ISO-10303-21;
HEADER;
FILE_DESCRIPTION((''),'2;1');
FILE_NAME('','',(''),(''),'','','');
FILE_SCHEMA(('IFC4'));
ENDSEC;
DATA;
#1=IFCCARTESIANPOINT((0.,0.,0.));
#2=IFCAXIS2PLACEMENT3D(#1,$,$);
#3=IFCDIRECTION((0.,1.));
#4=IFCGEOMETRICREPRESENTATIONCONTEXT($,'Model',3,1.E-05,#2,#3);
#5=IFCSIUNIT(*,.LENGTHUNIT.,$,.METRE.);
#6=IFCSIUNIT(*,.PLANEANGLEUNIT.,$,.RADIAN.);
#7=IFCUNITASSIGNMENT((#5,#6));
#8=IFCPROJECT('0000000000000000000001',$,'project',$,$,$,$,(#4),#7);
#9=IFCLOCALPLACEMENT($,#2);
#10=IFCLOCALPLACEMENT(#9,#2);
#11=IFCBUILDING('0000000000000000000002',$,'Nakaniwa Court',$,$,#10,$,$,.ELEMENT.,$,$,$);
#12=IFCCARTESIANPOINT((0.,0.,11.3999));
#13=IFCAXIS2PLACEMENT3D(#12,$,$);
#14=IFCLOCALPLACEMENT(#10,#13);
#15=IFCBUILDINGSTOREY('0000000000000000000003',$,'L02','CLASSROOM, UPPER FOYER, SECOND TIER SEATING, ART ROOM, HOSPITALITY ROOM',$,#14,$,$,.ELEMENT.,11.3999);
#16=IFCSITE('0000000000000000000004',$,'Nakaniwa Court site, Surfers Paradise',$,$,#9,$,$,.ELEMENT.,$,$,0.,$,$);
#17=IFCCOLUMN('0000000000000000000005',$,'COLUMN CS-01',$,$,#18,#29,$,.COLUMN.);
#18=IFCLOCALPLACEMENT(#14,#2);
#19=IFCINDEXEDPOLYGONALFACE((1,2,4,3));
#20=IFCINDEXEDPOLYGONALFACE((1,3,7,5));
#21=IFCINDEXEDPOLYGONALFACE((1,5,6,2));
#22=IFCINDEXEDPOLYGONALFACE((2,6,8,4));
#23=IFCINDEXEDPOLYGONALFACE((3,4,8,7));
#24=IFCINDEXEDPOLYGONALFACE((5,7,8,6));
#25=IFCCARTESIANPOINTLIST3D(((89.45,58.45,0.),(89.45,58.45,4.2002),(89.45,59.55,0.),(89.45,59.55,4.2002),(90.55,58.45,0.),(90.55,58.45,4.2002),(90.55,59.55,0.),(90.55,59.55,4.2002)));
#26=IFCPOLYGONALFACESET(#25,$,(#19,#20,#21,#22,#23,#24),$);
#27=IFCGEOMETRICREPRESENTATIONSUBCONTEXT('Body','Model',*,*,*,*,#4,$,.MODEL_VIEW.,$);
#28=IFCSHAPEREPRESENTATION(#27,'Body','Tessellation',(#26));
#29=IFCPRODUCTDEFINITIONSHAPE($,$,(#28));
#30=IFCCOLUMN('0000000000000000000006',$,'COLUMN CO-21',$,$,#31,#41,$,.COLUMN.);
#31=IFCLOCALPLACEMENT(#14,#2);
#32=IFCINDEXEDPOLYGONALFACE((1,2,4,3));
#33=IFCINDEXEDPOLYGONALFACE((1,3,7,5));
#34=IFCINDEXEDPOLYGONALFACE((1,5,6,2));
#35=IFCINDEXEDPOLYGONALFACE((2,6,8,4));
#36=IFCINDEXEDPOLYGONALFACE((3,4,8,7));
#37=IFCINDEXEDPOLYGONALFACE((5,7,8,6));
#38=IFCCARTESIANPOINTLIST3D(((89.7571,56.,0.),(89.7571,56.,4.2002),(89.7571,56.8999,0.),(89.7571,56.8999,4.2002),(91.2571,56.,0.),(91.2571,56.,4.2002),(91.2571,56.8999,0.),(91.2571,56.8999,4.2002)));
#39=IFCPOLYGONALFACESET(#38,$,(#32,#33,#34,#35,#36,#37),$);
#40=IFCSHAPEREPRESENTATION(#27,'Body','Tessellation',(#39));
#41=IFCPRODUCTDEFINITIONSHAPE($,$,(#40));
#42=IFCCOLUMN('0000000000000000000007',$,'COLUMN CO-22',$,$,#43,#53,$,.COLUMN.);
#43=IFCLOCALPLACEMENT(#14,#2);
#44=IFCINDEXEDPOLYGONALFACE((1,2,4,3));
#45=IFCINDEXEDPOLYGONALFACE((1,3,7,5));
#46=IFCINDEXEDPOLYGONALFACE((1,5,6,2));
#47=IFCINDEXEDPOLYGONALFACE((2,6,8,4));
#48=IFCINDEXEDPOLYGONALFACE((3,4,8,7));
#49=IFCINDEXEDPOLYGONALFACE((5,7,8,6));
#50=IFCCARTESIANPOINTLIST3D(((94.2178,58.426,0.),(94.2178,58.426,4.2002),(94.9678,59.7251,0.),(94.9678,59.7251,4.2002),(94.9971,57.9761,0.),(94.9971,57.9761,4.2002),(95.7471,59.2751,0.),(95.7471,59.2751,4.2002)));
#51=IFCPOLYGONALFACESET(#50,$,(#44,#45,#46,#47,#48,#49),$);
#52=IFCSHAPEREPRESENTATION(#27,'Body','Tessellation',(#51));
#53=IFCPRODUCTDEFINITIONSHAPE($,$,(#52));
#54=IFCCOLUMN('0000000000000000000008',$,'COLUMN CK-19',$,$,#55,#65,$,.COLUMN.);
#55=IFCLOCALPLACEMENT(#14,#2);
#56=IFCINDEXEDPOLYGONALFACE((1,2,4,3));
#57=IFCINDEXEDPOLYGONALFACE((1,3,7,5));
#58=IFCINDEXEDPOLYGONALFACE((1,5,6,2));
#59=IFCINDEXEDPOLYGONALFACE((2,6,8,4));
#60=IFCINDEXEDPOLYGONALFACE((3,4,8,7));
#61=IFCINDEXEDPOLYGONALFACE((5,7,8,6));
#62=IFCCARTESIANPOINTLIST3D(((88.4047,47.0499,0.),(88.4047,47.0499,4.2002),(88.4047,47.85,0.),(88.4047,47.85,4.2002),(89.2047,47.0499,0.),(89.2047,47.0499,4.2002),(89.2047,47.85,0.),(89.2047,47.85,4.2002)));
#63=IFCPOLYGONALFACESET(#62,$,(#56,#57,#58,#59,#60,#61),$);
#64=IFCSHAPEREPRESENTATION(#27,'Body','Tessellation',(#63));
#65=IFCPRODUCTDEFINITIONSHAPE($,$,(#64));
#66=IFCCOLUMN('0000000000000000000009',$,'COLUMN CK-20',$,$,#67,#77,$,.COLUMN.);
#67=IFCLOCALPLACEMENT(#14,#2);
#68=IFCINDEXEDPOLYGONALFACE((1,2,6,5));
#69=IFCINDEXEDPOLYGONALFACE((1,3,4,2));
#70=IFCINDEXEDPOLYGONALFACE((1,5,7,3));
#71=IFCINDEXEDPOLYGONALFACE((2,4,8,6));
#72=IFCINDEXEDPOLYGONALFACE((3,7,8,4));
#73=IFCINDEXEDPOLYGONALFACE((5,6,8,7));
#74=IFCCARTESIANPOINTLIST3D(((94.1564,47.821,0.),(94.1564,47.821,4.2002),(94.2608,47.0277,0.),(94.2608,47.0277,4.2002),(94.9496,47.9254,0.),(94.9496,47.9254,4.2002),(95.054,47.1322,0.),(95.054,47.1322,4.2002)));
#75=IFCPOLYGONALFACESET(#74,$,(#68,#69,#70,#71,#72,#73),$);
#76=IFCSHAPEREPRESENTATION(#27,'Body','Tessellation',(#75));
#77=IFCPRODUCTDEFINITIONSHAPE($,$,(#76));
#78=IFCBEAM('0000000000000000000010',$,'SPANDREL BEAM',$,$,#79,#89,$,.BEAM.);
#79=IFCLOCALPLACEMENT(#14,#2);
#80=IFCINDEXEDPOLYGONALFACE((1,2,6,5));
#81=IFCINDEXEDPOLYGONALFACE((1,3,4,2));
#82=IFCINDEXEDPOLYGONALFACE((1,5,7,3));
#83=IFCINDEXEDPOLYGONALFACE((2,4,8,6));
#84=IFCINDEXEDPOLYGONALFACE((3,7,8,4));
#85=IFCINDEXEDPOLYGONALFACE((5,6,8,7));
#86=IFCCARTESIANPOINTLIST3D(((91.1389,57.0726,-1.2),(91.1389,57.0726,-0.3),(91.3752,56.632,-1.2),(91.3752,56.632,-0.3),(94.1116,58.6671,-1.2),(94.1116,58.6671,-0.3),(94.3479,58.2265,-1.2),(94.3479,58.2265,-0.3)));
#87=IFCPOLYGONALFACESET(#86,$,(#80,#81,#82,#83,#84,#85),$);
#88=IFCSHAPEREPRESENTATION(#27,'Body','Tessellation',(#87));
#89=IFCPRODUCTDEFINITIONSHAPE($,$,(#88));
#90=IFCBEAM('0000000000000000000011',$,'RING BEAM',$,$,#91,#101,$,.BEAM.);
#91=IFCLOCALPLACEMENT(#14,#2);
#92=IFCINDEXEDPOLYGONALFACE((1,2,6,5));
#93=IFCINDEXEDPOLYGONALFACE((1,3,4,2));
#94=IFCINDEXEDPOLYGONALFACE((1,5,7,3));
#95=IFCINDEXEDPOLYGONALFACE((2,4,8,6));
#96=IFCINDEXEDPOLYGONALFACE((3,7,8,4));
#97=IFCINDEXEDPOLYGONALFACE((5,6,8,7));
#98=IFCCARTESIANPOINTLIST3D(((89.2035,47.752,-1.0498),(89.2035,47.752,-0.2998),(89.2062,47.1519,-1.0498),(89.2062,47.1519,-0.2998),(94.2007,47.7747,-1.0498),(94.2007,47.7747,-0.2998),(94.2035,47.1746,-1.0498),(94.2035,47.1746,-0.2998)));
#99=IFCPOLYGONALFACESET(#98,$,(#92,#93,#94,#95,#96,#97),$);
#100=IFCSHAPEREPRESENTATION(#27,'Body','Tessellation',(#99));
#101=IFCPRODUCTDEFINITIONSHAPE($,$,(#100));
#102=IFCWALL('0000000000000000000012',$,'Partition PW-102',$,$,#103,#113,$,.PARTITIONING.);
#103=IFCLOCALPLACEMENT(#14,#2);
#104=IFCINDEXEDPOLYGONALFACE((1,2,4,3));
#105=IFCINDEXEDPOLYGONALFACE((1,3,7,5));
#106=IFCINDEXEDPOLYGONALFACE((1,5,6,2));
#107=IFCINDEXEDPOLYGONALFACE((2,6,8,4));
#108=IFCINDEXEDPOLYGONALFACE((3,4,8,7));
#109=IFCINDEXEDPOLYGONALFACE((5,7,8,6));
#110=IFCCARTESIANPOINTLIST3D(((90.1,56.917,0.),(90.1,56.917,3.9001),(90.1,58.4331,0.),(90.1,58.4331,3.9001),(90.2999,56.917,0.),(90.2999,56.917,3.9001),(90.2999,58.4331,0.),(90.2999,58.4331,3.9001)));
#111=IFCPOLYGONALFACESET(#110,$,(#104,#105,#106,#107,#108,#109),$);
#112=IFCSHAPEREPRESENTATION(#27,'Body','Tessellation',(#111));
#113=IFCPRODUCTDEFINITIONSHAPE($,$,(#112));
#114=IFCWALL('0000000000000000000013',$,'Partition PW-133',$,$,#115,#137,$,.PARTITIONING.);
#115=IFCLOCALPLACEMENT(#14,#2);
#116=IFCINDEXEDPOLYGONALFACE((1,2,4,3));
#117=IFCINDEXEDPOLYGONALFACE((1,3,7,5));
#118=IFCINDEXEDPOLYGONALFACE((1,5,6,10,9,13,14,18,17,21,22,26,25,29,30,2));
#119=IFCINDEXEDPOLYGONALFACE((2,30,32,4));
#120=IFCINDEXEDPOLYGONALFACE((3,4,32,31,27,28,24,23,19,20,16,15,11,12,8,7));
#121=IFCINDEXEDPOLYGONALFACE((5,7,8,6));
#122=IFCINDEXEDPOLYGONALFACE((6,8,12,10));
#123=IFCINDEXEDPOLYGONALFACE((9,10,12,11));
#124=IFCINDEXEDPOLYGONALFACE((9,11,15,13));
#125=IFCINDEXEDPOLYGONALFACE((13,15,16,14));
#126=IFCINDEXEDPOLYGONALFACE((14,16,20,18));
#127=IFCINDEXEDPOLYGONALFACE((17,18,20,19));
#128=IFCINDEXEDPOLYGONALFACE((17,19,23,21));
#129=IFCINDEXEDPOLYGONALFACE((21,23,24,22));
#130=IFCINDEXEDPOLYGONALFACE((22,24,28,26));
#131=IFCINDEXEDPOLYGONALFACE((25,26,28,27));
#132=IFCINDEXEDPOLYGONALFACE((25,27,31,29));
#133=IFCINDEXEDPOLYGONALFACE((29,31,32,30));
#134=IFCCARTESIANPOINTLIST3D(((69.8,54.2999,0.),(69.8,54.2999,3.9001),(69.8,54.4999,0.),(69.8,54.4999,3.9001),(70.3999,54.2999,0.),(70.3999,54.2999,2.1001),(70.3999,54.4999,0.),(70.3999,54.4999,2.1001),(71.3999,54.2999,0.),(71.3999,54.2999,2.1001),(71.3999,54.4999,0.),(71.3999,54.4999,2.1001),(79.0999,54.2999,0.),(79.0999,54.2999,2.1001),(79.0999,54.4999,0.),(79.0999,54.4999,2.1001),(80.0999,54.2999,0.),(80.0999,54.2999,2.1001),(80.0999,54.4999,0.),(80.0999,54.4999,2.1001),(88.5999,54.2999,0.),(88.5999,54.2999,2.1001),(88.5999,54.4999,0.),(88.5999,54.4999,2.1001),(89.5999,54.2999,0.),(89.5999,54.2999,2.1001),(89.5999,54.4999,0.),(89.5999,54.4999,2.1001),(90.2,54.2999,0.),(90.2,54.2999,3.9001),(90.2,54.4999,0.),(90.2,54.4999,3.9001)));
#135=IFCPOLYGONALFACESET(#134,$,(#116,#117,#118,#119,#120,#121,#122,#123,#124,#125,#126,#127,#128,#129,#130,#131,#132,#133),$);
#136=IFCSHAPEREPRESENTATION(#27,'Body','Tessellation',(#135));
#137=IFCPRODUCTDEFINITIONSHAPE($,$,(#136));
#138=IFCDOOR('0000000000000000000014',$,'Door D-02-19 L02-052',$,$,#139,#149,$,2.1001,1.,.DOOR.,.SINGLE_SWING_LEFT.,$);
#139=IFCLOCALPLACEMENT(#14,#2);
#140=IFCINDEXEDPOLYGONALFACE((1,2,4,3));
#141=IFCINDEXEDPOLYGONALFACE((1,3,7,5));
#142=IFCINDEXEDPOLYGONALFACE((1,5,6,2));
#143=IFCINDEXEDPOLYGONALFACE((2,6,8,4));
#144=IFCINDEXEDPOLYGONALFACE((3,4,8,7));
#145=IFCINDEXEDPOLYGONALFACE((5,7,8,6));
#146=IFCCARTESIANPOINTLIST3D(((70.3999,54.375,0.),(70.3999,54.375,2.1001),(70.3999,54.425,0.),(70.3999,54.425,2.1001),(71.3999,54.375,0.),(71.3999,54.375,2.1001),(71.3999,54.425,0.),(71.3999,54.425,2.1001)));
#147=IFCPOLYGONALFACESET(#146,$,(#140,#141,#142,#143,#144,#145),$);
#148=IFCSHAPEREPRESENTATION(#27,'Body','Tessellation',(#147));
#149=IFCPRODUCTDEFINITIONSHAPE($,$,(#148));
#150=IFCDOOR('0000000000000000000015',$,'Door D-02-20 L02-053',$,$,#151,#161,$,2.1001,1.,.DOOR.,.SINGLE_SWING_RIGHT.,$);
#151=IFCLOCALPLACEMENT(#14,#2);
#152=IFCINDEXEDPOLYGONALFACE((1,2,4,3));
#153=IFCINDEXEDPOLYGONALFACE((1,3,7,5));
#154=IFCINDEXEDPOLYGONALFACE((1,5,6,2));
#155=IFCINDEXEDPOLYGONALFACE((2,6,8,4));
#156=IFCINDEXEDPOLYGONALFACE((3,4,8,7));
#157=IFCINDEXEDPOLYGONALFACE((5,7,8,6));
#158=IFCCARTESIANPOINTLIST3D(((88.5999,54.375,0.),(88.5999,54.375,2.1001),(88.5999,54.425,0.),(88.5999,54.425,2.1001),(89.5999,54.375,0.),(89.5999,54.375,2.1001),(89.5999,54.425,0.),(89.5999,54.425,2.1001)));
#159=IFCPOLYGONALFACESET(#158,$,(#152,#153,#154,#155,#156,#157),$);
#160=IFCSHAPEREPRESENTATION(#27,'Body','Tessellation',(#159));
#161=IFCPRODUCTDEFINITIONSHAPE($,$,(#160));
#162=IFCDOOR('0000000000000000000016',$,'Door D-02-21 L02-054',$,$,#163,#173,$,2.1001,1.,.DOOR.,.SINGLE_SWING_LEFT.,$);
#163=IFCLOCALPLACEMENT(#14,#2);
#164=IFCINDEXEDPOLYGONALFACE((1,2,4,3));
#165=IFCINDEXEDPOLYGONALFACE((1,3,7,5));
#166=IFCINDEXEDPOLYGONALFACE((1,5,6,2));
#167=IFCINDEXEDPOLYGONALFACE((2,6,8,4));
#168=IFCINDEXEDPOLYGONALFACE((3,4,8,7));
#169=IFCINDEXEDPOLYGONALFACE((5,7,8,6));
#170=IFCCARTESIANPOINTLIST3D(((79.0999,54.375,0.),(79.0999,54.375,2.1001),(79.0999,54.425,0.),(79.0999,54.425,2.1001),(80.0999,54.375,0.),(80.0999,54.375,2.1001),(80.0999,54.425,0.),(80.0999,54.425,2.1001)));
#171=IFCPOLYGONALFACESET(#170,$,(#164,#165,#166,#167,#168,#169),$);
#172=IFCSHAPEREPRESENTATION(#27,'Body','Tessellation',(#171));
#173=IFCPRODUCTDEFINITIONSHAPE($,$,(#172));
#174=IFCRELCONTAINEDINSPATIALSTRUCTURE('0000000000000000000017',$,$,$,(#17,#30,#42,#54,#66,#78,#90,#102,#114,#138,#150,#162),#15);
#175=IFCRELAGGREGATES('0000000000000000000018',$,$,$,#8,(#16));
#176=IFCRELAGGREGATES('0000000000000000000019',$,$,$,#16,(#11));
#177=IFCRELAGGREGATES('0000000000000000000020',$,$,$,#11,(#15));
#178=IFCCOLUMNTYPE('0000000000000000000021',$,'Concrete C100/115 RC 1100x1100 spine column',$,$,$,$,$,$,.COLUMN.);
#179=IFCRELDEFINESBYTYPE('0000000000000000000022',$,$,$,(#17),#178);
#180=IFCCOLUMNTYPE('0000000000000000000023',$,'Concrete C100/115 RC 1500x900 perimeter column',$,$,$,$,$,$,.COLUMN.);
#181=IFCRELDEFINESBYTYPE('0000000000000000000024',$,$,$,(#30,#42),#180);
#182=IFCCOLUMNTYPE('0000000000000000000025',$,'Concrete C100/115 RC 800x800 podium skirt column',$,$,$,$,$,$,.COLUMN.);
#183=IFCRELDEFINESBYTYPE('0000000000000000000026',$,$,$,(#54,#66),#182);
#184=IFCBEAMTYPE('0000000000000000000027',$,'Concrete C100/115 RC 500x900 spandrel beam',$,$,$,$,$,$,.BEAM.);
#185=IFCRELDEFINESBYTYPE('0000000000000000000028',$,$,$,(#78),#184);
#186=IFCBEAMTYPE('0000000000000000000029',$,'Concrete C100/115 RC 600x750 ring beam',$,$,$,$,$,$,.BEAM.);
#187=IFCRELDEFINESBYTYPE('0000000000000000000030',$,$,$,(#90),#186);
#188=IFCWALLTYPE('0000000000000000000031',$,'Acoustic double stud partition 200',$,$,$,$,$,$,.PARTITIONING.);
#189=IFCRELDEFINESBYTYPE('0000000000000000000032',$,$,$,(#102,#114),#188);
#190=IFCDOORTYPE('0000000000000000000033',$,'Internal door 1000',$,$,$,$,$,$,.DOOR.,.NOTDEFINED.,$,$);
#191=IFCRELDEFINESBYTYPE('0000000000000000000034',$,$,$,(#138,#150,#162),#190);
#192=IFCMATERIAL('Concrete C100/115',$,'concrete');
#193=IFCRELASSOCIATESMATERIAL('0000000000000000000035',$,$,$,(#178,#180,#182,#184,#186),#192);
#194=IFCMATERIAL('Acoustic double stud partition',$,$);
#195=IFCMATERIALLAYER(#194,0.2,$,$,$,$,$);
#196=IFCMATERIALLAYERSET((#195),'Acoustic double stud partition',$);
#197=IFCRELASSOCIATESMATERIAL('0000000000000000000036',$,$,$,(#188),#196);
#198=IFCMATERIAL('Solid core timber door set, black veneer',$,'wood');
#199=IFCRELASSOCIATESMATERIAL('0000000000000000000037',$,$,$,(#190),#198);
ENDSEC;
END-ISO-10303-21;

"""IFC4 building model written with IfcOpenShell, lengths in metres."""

from ifc_helpers import new_model, si_unit, direction, frame, frame_2d, origin, origin_2d, place, context, subcontext, project, spatial, rectangle, extrude, material, layer, layer_set, material_profile, profile_set, type_object, element, fill, save


model = new_model("IFC4")

# Units and contexts
model_context = context("Model", 3, precision=1e-05, world=origin(), true_north=direction((0.0, 1.0)))
body_context = subcontext(model_context, "Body", "Model", "MODEL_VIEW")
ifc_project = project(units=[si_unit("LENGTHUNIT", "METRE"), si_unit("PLANEANGLEUNIT", "RADIAN")], contexts=[model_context])

# Site, building, storey
site_placement = place(None, origin())
site = spatial("IfcSite", under=ifc_project, at=site_placement, Name="Nakaniwa Court site, Surfers Paradise", CompositionType="ELEMENT", RefElevation=0.0)
building_placement = place(site_placement, origin())
building = spatial("IfcBuilding", under=site, at=building_placement, Name="Nakaniwa Court", CompositionType="ELEMENT")
storey_placement = place(building_placement, frame((0.0, 0.0, 11.3999)))
storey = spatial("IfcBuildingStorey", under=building, at=storey_placement, Name="L02", Description="CLASSROOM, UPPER FOYER, SECOND TIER SEATING, ART ROOM, HOSPITALITY ROOM", CompositionType="ELEMENT", Elevation=11.3999)

# Columns
ifc_material_1 = material(Name="Concrete C100/115", Category="concrete")
ifc_material_profile_1 = material_profile(ifc_material_1, rectangle(XDim=1.1001, YDim=1.1001, at=origin_2d()), Name="Concrete C100/115 RC 1100x1100 spine column")
ifc_profile_set_1 = profile_set([ifc_material_profile_1], Name="Concrete C100/115")
column_type_1 = type_object("IfcColumnType", Name="Concrete C100/115 RC 1100x1100 spine column", PredefinedType="COLUMN", material=ifc_profile_set_1)
column_placement = place(storey_placement, frame((90.0, 59.0, 0.0), z_axis=(0.0, 0.0, 1.0), x_axis=(0.0, 1.0, 0.0)))
element("IfcColumn", 1, at=column_placement, inside=storey, type_object=column_type_1, Name="COLUMN CS-01", PredefinedType="COLUMN", context=body_context, shape_type="SweptSolid", body=[
    extrude(rectangle(XDim=1.1001, YDim=1.1001, at=origin_2d()), origin(), (0.0, 0.0, 1.0), 4.2002),
])
ifc_material_profile_2 = material_profile(ifc_material_1, rectangle(XDim=1.5, YDim=0.8999, at=origin_2d()), Name="Concrete C100/115 RC 1500x900 perimeter column")
ifc_profile_set_2 = profile_set([ifc_material_profile_2], Name="Concrete C100/115")
column_type_2 = type_object("IfcColumnType", Name="Concrete C100/115 RC 1500x900 perimeter column", PredefinedType="COLUMN", material=ifc_profile_set_2)
for number, where, z_axis, x_axis, name in (
    (2, (90.5071, 56.45, 0.0), (0.0, 0.0, 1.0), (1.0, 0.0, 0.0), "COLUMN CO-21"),
    (3, (94.9824, 58.8506, 0.0), (0.0, 0.0, 1.0), (0.5, 0.866025, 0.0), "COLUMN CO-22"),
):
    element("IfcColumn", number, at=place(storey_placement, frame(where, z_axis=z_axis, x_axis=x_axis)), inside=storey, type_object=column_type_2, Name=name, PredefinedType="COLUMN", context=body_context, shape_type="SweptSolid", body=[
        extrude(rectangle(XDim=1.5, YDim=0.8999, at=origin_2d()), origin(), (0.0, 0.0, 1.0), 4.2002),
    ])
ifc_material_profile_3 = material_profile(ifc_material_1, rectangle(XDim=0.8, YDim=0.8, at=origin_2d()), Name="Concrete C100/115 RC 800x800 podium skirt column")
ifc_profile_set_3 = profile_set([ifc_material_profile_3], Name="Concrete C100/115")
column_type_3 = type_object("IfcColumnType", Name="Concrete C100/115 RC 800x800 podium skirt column", PredefinedType="COLUMN", material=ifc_profile_set_3)
for number, where, z_axis, x_axis, name in (
    (4, (88.8047, 47.45, 0.0), (0.0, 0.0, 1.0), (1.0, 0.0, 0.0), "COLUMN CK-19"),
    (5, (94.6052, 47.4766, 0.0), (0.0, 0.0, 1.0), (0.991445, 0.130526, 0.0), "COLUMN CK-20"),
):
    element("IfcColumn", number, at=place(storey_placement, frame(where, z_axis=z_axis, x_axis=x_axis)), inside=storey, type_object=column_type_3, Name=name, PredefinedType="COLUMN", context=body_context, shape_type="SweptSolid", body=[
        extrude(rectangle(XDim=0.8, YDim=0.8, at=origin_2d()), origin(), (0.0, 0.0, 1.0), 4.2002),
    ])

# Beams
ifc_material_profile_4 = material_profile(ifc_material_1, rectangle(XDim=0.5, YDim=0.8999, at=origin_2d()), Name="Concrete C100/115 RC 500x900 spandrel beam")
ifc_profile_set_4 = profile_set([ifc_material_profile_4], Name="Concrete C100/115")
beam_type_1 = type_object("IfcBeamType", Name="Concrete C100/115 RC 500x900 spandrel beam", PredefinedType="BEAM", material=ifc_profile_set_4)
beam_1_placement = place(storey_placement, frame((91.2571, 56.8523, -0.75), z_axis=(0.881235, 0.472679, 0.0), x_axis=(-0.472679, 0.881235, 0.0)))
element("IfcBeam", 6, at=beam_1_placement, inside=storey, type_object=beam_type_1, Name="SPANDREL BEAM", PredefinedType="BEAM", context=body_context, shape_type="SweptSolid", body=[
    extrude(rectangle(XDim=0.5, YDim=0.8999, at=origin_2d()), origin(), (0.0, 0.0, 1.0), 3.3733),
])
ifc_material_profile_5 = material_profile(ifc_material_1, rectangle(XDim=0.6001, YDim=0.75, at=origin_2d()), Name="Concrete C100/115 RC 600x750 ring beam")
ifc_profile_set_5 = profile_set([ifc_material_profile_5], Name="Concrete C100/115")
beam_type_2 = type_object("IfcBeamType", Name="Concrete C100/115 RC 600x750 ring beam", PredefinedType="BEAM", material=ifc_profile_set_5)
beam_2_placement = place(storey_placement, frame((89.2048, 47.4519, -0.6748), z_axis=(0.99999, 0.004543, 0.0), x_axis=(-0.004543, 0.99999, 0.0)))
element("IfcBeam", 7, at=beam_2_placement, inside=storey, type_object=beam_type_2, Name="RING BEAM", PredefinedType="BEAM", context=body_context, shape_type="SweptSolid", body=[
    extrude(rectangle(XDim=0.6001, YDim=0.75, at=origin_2d()), origin(), (0.0, 0.0, 1.0), 4.9973),
])

# Wall
ifc_material_2 = material(Name="Acoustic double stud partition")
ifc_layer_1 = layer(ifc_material_2, 0.2)
ifc_layer_set_1 = layer_set([ifc_layer_1], Name="Acoustic double stud partition")
wall_type_1 = type_object("IfcWallType", Name="Acoustic double stud partition 200", PredefinedType="PARTITIONING", material=ifc_layer_set_1)
wall_1_placement = place(storey_placement, frame((90.2, 56.917, 0.0), z_axis=(0.0, 0.0, 1.0), x_axis=(0.0, 1.0, 0.0)))
element("IfcWall", 8, at=wall_1_placement, inside=storey, type_object=wall_type_1, Name="Partition PW-102", PredefinedType="PARTITIONING", context=body_context, shape_type="SweptSolid", body=[
    extrude(rectangle(XDim=1.5161, YDim=0.2, at=frame_2d((0.7581, 0.0))), origin(), (0.0, 0.0, 1.0), 3.9001),
])

# Wall, openings, doors
wall_2_placement = place(storey_placement, frame((90.2, 54.3999, 0.0), z_axis=(0.0, 0.0, 1.0), x_axis=(-1.0, 0.0, 0.0)))
wall_2 = element("IfcWall", 9, at=wall_2_placement, inside=storey, type_object=wall_type_1, Name="Partition PW-133", PredefinedType="PARTITIONING", context=body_context, shape_type="SweptSolid", body=[
    extrude(rectangle(XDim=20.3999, YDim=0.2, at=frame_2d((10.2, 0.0))), origin(), (0.0, 0.0, 1.0), 3.9001),
])
opening_1_placement = place(wall_2_placement, frame((18.8, 0.0, 0.0)))
opening_1 = element("IfcOpeningElement", 10, at=opening_1_placement, cuts=wall_2, PredefinedType="OPENING", context=body_context, shape_type="SweptSolid", body=[
    extrude(rectangle(XDim=1.0, YDim=2.1001, at=frame_2d((0.5, 1.05))), frame((0.0, 0.1099, 0.0), z_axis=(0.0, -1.0, 0.0), x_axis=(1.0, 0.0, 0.0)), (0.0, 0.0, 1.0), 0.22),
])
opening_2_placement = place(wall_2_placement, frame((0.6001, 0.0, 0.0)))
opening_2 = element("IfcOpeningElement", 11, at=opening_2_placement, cuts=wall_2, PredefinedType="OPENING", context=body_context, shape_type="SweptSolid", body=[
    extrude(rectangle(XDim=1.0, YDim=2.1001, at=frame_2d((0.5, 1.05))), frame((0.0, 0.1099, 0.0), z_axis=(0.0, -1.0, 0.0), x_axis=(1.0, 0.0, 0.0)), (0.0, 0.0, 1.0), 0.22),
])
opening_3_placement = place(wall_2_placement, frame((10.1001, 0.0, 0.0)))
opening_3 = element("IfcOpeningElement", 12, at=opening_3_placement, cuts=wall_2, PredefinedType="OPENING", context=body_context, shape_type="SweptSolid", body=[
    extrude(rectangle(XDim=1.0, YDim=2.1001, at=frame_2d((0.5, 1.05))), frame((0.0, 0.1099, 0.0), z_axis=(0.0, -1.0, 0.0), x_axis=(1.0, 0.0, 0.0)), (0.0, 0.0, 1.0), 0.22),
])
ifc_material_3 = material(Name="Solid core timber door set, black veneer", Category="wood")
door_type_1 = type_object("IfcDoorType", Name="Internal door 1000", OperationType="NOTDEFINED", PredefinedType="DOOR", material=ifc_material_3)
door_1_placement = place(opening_1_placement, origin())
door_1 = element("IfcDoor", 13, at=door_1_placement, inside=storey, type_object=door_type_1, Name="Door D-02-19 L02-052", OperationType="SINGLE_SWING_LEFT", OverallHeight=2.1001, OverallWidth=1.0, PredefinedType="DOOR", context=body_context, shape_type="SweptSolid", body=[
    extrude(rectangle(XDim=1.0, YDim=2.1001, at=frame_2d((0.5, 1.05))), frame((0.0, 0.0249, 0.0), z_axis=(0.0, -1.0, 0.0), x_axis=(1.0, 0.0, 0.0)), (0.0, 0.0, 1.0), 0.05),
])
fill(opening_1, door_1)
door_2_placement = place(opening_2_placement, origin())
door_2 = element("IfcDoor", 14, at=door_2_placement, inside=storey, type_object=door_type_1, Name="Door D-02-20 L02-053", OperationType="SINGLE_SWING_RIGHT", OverallHeight=2.1001, OverallWidth=1.0, PredefinedType="DOOR", context=body_context, shape_type="SweptSolid", body=[
    extrude(rectangle(XDim=1.0, YDim=2.1001, at=frame_2d((0.5, 1.05))), frame((0.0, 0.0249, 0.0), z_axis=(0.0, -1.0, 0.0), x_axis=(1.0, 0.0, 0.0)), (0.0, 0.0, 1.0), 0.05),
])
fill(opening_2, door_2)
door_3_placement = place(opening_3_placement, origin())
door_3 = element("IfcDoor", 15, at=door_3_placement, inside=storey, type_object=door_type_1, Name="Door D-02-21 L02-054", OperationType="SINGLE_SWING_LEFT", OverallHeight=2.1001, OverallWidth=1.0, PredefinedType="DOOR", context=body_context, shape_type="SweptSolid", body=[
    extrude(rectangle(XDim=1.0, YDim=2.1001, at=frame_2d((0.5, 1.05))), frame((0.0, 0.0249, 0.0), z_axis=(0.0, -1.0, 0.0), x_axis=(1.0, 0.0, 0.0)), (0.0, 0.0, 1.0), 0.05),
])
fill(opening_3, door_3)

save(model, "model.ifc")
